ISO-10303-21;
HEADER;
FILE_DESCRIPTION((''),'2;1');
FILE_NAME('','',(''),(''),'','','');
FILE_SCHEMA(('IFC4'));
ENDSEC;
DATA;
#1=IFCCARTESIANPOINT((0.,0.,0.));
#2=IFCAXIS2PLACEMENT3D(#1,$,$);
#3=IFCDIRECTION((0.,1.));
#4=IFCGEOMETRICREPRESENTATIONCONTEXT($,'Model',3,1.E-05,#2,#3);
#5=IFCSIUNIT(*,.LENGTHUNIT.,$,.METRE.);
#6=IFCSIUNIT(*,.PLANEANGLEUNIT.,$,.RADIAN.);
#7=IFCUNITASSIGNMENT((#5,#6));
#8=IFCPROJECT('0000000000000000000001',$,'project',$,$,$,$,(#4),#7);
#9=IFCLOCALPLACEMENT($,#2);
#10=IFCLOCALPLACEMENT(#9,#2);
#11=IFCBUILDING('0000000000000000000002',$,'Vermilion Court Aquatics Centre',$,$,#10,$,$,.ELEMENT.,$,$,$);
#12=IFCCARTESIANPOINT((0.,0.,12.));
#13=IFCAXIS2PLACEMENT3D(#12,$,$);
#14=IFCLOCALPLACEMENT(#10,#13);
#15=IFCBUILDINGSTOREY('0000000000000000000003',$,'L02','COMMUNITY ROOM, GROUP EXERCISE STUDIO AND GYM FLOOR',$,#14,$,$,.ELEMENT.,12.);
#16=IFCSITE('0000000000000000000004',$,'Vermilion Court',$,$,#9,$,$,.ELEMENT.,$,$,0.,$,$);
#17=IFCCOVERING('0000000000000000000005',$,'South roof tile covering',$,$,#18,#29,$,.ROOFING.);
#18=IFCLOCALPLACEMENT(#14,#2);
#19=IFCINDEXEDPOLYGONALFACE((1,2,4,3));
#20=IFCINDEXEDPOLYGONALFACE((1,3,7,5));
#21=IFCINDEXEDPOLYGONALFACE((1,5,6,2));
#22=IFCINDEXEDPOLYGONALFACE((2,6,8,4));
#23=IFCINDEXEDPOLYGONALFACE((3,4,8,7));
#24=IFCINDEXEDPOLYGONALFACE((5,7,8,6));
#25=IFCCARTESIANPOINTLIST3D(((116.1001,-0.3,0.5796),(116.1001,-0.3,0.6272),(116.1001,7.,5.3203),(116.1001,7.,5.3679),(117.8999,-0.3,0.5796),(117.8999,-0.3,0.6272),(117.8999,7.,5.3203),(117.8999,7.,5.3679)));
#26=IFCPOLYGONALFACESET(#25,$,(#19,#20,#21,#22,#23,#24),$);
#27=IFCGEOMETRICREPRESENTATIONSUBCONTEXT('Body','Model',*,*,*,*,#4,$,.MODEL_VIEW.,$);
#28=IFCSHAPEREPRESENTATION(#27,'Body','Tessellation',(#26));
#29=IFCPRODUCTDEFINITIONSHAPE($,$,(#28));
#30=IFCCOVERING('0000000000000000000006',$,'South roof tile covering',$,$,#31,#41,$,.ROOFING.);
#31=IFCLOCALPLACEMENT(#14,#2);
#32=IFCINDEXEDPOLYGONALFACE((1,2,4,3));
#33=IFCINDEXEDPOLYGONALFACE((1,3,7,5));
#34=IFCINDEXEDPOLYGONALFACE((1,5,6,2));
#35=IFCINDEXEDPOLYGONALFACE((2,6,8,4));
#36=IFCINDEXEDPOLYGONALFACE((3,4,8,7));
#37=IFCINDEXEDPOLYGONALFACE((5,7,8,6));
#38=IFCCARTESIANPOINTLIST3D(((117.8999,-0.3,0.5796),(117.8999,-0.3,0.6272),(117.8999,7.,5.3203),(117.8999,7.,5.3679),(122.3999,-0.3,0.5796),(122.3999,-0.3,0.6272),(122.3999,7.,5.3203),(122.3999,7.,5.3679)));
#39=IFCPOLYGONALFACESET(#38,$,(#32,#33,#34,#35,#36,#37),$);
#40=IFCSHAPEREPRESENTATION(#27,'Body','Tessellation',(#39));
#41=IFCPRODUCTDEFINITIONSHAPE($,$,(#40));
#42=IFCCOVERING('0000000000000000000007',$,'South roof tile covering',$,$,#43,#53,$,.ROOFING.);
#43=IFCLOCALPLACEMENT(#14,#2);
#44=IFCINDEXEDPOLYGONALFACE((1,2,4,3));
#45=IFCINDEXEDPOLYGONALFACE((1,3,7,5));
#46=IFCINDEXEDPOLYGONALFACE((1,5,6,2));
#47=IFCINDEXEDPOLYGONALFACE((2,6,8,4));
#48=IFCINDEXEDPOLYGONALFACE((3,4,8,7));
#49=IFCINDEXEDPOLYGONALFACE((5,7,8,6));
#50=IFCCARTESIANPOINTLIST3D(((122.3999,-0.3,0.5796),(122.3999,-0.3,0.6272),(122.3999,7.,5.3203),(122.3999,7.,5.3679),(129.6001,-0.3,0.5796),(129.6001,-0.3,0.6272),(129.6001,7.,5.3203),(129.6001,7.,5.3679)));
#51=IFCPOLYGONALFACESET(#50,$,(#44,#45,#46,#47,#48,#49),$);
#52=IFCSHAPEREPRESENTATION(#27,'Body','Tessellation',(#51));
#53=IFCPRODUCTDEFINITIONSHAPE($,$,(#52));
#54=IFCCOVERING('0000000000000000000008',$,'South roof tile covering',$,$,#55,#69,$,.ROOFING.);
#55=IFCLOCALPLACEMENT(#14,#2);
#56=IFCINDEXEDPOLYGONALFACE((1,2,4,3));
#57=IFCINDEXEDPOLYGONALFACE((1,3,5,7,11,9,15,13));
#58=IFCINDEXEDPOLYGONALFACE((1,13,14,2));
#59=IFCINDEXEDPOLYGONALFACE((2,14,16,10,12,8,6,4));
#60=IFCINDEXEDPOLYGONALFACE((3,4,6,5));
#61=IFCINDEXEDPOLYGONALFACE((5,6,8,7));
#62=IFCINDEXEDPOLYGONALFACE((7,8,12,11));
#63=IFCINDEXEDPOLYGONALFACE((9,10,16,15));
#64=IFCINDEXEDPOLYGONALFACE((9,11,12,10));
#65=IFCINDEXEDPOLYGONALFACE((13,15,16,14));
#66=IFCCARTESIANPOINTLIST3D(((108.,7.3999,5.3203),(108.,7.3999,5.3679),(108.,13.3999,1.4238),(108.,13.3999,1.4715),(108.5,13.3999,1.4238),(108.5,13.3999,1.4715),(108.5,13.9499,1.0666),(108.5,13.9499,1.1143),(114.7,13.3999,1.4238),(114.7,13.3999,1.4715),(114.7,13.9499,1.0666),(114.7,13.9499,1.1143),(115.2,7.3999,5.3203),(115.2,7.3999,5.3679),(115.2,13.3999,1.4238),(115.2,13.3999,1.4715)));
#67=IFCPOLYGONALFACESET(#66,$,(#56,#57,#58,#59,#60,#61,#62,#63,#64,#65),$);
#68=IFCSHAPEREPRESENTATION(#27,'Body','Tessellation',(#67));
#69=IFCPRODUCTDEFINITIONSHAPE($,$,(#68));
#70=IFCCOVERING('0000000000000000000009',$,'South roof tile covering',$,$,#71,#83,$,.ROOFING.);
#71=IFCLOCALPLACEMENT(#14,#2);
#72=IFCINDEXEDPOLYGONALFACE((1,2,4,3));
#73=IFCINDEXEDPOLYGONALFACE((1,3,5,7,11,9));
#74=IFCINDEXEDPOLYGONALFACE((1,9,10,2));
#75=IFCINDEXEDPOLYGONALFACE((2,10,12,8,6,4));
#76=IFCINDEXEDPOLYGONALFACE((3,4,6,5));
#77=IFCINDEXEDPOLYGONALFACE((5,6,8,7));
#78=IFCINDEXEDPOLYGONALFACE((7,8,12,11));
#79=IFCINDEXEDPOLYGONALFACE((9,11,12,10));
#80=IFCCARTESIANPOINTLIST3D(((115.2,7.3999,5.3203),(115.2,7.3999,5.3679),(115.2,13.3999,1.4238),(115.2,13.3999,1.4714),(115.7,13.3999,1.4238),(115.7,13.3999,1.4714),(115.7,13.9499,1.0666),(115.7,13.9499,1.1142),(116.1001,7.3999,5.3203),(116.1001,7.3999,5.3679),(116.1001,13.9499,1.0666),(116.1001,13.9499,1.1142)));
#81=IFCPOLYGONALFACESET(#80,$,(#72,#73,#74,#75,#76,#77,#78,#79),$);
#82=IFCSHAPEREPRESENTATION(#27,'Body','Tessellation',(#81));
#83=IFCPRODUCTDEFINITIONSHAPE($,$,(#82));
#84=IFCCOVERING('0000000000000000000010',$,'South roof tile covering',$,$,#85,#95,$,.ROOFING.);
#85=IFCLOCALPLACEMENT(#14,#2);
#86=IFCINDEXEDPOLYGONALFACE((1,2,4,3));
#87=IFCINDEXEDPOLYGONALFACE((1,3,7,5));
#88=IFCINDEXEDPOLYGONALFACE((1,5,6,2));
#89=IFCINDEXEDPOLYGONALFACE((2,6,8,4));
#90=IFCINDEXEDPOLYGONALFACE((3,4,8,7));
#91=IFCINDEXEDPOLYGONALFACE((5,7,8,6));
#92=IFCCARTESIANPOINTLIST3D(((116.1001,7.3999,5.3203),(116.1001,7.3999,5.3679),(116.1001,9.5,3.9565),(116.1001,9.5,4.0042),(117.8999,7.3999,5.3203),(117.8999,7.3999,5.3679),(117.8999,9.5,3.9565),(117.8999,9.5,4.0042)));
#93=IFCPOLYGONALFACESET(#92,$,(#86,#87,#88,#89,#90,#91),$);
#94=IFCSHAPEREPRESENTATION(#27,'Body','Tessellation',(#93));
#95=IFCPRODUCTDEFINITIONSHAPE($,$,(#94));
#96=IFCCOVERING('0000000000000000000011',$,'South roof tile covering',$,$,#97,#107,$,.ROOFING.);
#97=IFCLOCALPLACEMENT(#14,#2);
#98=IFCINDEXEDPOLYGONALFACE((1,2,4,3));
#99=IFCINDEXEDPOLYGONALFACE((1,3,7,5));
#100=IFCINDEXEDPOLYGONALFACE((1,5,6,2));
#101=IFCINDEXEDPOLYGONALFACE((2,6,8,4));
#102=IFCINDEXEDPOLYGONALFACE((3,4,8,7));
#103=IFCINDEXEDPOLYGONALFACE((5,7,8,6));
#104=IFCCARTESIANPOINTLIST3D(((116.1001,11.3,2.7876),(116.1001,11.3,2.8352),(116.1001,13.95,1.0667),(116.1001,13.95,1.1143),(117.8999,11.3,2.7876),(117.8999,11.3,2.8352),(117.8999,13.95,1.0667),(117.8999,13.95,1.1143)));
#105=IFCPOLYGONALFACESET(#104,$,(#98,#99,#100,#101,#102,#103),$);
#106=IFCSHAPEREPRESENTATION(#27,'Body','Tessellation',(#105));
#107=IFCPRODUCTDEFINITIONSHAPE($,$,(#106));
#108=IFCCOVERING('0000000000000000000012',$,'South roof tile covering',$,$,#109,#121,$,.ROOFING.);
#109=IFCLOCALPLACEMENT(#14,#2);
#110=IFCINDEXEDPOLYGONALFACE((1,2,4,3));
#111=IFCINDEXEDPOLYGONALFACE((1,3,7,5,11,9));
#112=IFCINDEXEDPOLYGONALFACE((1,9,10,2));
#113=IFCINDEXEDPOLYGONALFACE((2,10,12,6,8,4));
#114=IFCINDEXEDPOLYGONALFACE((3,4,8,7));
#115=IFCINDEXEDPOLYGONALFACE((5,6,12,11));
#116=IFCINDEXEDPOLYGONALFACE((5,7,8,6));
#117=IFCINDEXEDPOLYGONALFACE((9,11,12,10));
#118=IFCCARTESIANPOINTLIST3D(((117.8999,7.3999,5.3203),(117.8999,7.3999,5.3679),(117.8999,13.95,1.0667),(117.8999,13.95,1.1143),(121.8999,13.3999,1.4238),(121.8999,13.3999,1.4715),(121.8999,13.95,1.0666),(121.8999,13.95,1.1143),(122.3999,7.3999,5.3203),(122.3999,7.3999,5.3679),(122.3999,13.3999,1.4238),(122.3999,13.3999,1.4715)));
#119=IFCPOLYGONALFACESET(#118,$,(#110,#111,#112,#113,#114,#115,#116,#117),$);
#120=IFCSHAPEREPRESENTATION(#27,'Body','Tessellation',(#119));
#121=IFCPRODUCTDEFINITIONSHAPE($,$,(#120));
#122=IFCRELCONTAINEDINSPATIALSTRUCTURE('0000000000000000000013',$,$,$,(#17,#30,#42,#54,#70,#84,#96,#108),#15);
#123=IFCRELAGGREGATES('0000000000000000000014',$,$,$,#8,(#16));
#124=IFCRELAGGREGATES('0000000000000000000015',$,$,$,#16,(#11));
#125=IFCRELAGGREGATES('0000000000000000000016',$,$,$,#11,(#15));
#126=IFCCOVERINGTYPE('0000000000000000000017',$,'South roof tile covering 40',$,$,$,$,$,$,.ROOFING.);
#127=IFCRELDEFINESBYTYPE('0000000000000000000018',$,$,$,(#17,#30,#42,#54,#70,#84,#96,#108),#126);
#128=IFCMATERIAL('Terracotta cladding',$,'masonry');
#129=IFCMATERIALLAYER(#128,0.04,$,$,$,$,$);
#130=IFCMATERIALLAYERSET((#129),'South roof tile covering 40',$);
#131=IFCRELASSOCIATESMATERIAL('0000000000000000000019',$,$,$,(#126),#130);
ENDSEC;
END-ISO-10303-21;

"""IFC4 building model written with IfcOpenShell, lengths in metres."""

from ifc_helpers import new_model, si_unit, direction, frame, origin, place, context, subcontext, project, spatial, polyline, outline, extrude, material, layer, layer_set, type_object, element, save


model = new_model("IFC4")

# Units and contexts
model_context = context("Model", 3, precision=1e-05, world=origin(), true_north=direction((0.0, 1.0)))
body_context = subcontext(model_context, "Body", "Model", "MODEL_VIEW")
ifc_project = project(units=[si_unit("LENGTHUNIT", "METRE"), si_unit("PLANEANGLEUNIT", "RADIAN")], contexts=[model_context])

# Site, building, storey
site_placement = place(None, origin())
site = spatial("IfcSite", under=ifc_project, at=site_placement, Name="Vermilion Court", CompositionType="ELEMENT", RefElevation=0.0)
building_placement = place(site_placement, origin())
building = spatial("IfcBuilding", under=site, at=building_placement, Name="Vermilion Court Aquatics Centre", CompositionType="ELEMENT")
storey_placement = place(building_placement, frame((0.0, 0.0, 12.0)))
storey = spatial("IfcBuildingStorey", under=building, at=storey_placement, Name="L02", Description="COMMUNITY ROOM, GROUP EXERCISE STUDIO AND GYM FLOOR", CompositionType="ELEMENT", Elevation=12.0)

# Coverings
ifc_material_1 = material(Name="Terracotta cladding", Category="masonry")
ifc_layer_1 = layer(ifc_material_1, 0.04)
ifc_layer_set_1 = layer_set([ifc_layer_1], Name="South roof tile covering 40")
covering_type = type_object("IfcCoveringType", Name="South roof tile covering 40", PredefinedType="ROOFING", material=ifc_layer_set_1)
covering_1_placement = place(storey_placement, frame((116.1001, -0.3, 0.6272), z_axis=(0.0, -0.54464, 0.83867), x_axis=(0.0, 0.83867, 0.54464)))
element("IfcCovering", 1, at=covering_1_placement, inside=storey, type_object=covering_type, Name="South roof tile covering", PredefinedType="ROOFING", context=body_context, shape_type="SweptSolid", body=[
    extrude(outline(polyline([(0.0, 0.0), (8.7043, 0.0), (8.7043, -1.7998), (0.0, -1.7998), (0.0, 0.0)])), origin(), (-0.54464, 0.0, -0.83867), 0.0476),
])
covering_2_placement = place(storey_placement, frame((117.8999, -0.3, 0.6272), z_axis=(0.0, -0.54464, 0.83867), x_axis=(0.0, 0.83867, 0.54464)))
element("IfcCovering", 2, at=covering_2_placement, inside=storey, type_object=covering_type, Name="South roof tile covering", PredefinedType="ROOFING", context=body_context, shape_type="SweptSolid", body=[
    extrude(outline(polyline([(0.0, 0.0), (8.7043, 0.0), (8.7043, -4.5), (0.0, -4.5), (0.0, 0.0)])), origin(), (-0.54464, 0.0, -0.83867), 0.0476),
])
covering_3_placement = place(storey_placement, frame((122.3999, -0.3, 0.6272), z_axis=(0.0, -0.54464, 0.83867), x_axis=(0.0, 0.83867, 0.54464)))
element("IfcCovering", 3, at=covering_3_placement, inside=storey, type_object=covering_type, Name="South roof tile covering", PredefinedType="ROOFING", context=body_context, shape_type="SweptSolid", body=[
    extrude(outline(polyline([(0.0, 0.0), (8.7043, 0.0), (8.7043, -7.2002), (0.0, -7.2002), (0.0, 0.0)])), origin(), (-0.54464, 0.0, -0.83867), 0.0476),
])
covering_4_placement = place(storey_placement, frame((115.2, 7.3999, 5.3679), z_axis=(0.0, 0.54464, 0.83867), x_axis=(-1.0, 0.0, 0.0)))
element("IfcCovering", 4, at=covering_4_placement, inside=storey, type_object=covering_type, Name="South roof tile covering", PredefinedType="ROOFING", context=body_context, shape_type="SweptSolid", body=[
    extrude(outline(polyline([(0.0, 0.0), (7.2, 0.0), (7.2, -7.1542), (6.7, -7.1542), (6.7, -7.81), (0.5, -7.81), (0.5, -7.1542), (0.0, -7.1542), (0.0, 0.0)])), origin(), (0.0, -0.54464, -0.83867), 0.0476),
])
covering_5_placement = place(storey_placement, frame((116.1001, 7.3999, 5.3679), z_axis=(-0.000014, 0.544642, 0.838669), x_axis=(-1.0, -0.000008, -0.000012)))
element("IfcCovering", 5, at=covering_5_placement, inside=storey, type_object=covering_type, Name="South roof tile covering", PredefinedType="ROOFING", context=body_context, shape_type="SweptSolid", body=[
    extrude(outline(polyline([(0.0, 0.0), (0.9001, 0.0), (0.9001, -7.1542), (0.4001, -7.1542), (0.4001, -7.81), (0.0, -7.81), (0.0, 0.0)])), origin(), (0.000012, -0.544642, -0.838669), 0.0476),
])
covering_6_placement = place(storey_placement, frame((117.8999, 7.3999, 5.3679), z_axis=(0.0, 0.544625, 0.83868), x_axis=(-1.0, 0.0, 0.0)))
element("IfcCovering", 6, at=covering_6_placement, inside=storey, type_object=covering_type, Name="South roof tile covering", PredefinedType="ROOFING", context=body_context, shape_type="SweptSolid", body=[
    extrude(outline(polyline([(0.0, 0.0), (1.7998, 0.0), (1.7998, -2.5041), (0.0, -2.5041), (0.0, 0.0)])), origin(), (0.0, -0.544625, -0.83868), 0.0476),
])
covering_7_placement = place(storey_placement, frame((116.1001, 13.95, 1.1143), z_axis=(0.0, 0.544657, 0.838659), x_axis=(1.0, 0.0, 0.0)))
element("IfcCovering", 7, at=covering_7_placement, inside=storey, type_object=covering_type, Name="South roof tile covering", PredefinedType="ROOFING", context=body_context, shape_type="SweptSolid", body=[
    extrude(outline(polyline([(0.0, 0.0), (1.7998, 0.0), (1.7998, -3.1597), (0.0, -3.1597), (0.0, 0.0)])), origin(), (0.0, 0.544657, -0.838659), 0.0476),
])
covering_8_placement = place(storey_placement, frame((122.3999, 7.3999, 5.3679), z_axis=(0.000003, 0.54464, 0.83867), x_axis=(-1.0, 0.000001, 0.000002)))
element("IfcCovering", 8, at=covering_8_placement, inside=storey, type_object=covering_type, Name="South roof tile covering", PredefinedType="ROOFING", context=body_context, shape_type="SweptSolid", body=[
    extrude(outline(polyline([(0.0, 0.0), (4.5, 0.0), (4.5, -7.81), (0.5, -7.81), (0.5, -7.1542), (0.0, -7.1542), (0.0, 0.0)])), origin(), (-0.000002, -0.54464, -0.83867), 0.0476),
])

save(model, "model.ifc")
